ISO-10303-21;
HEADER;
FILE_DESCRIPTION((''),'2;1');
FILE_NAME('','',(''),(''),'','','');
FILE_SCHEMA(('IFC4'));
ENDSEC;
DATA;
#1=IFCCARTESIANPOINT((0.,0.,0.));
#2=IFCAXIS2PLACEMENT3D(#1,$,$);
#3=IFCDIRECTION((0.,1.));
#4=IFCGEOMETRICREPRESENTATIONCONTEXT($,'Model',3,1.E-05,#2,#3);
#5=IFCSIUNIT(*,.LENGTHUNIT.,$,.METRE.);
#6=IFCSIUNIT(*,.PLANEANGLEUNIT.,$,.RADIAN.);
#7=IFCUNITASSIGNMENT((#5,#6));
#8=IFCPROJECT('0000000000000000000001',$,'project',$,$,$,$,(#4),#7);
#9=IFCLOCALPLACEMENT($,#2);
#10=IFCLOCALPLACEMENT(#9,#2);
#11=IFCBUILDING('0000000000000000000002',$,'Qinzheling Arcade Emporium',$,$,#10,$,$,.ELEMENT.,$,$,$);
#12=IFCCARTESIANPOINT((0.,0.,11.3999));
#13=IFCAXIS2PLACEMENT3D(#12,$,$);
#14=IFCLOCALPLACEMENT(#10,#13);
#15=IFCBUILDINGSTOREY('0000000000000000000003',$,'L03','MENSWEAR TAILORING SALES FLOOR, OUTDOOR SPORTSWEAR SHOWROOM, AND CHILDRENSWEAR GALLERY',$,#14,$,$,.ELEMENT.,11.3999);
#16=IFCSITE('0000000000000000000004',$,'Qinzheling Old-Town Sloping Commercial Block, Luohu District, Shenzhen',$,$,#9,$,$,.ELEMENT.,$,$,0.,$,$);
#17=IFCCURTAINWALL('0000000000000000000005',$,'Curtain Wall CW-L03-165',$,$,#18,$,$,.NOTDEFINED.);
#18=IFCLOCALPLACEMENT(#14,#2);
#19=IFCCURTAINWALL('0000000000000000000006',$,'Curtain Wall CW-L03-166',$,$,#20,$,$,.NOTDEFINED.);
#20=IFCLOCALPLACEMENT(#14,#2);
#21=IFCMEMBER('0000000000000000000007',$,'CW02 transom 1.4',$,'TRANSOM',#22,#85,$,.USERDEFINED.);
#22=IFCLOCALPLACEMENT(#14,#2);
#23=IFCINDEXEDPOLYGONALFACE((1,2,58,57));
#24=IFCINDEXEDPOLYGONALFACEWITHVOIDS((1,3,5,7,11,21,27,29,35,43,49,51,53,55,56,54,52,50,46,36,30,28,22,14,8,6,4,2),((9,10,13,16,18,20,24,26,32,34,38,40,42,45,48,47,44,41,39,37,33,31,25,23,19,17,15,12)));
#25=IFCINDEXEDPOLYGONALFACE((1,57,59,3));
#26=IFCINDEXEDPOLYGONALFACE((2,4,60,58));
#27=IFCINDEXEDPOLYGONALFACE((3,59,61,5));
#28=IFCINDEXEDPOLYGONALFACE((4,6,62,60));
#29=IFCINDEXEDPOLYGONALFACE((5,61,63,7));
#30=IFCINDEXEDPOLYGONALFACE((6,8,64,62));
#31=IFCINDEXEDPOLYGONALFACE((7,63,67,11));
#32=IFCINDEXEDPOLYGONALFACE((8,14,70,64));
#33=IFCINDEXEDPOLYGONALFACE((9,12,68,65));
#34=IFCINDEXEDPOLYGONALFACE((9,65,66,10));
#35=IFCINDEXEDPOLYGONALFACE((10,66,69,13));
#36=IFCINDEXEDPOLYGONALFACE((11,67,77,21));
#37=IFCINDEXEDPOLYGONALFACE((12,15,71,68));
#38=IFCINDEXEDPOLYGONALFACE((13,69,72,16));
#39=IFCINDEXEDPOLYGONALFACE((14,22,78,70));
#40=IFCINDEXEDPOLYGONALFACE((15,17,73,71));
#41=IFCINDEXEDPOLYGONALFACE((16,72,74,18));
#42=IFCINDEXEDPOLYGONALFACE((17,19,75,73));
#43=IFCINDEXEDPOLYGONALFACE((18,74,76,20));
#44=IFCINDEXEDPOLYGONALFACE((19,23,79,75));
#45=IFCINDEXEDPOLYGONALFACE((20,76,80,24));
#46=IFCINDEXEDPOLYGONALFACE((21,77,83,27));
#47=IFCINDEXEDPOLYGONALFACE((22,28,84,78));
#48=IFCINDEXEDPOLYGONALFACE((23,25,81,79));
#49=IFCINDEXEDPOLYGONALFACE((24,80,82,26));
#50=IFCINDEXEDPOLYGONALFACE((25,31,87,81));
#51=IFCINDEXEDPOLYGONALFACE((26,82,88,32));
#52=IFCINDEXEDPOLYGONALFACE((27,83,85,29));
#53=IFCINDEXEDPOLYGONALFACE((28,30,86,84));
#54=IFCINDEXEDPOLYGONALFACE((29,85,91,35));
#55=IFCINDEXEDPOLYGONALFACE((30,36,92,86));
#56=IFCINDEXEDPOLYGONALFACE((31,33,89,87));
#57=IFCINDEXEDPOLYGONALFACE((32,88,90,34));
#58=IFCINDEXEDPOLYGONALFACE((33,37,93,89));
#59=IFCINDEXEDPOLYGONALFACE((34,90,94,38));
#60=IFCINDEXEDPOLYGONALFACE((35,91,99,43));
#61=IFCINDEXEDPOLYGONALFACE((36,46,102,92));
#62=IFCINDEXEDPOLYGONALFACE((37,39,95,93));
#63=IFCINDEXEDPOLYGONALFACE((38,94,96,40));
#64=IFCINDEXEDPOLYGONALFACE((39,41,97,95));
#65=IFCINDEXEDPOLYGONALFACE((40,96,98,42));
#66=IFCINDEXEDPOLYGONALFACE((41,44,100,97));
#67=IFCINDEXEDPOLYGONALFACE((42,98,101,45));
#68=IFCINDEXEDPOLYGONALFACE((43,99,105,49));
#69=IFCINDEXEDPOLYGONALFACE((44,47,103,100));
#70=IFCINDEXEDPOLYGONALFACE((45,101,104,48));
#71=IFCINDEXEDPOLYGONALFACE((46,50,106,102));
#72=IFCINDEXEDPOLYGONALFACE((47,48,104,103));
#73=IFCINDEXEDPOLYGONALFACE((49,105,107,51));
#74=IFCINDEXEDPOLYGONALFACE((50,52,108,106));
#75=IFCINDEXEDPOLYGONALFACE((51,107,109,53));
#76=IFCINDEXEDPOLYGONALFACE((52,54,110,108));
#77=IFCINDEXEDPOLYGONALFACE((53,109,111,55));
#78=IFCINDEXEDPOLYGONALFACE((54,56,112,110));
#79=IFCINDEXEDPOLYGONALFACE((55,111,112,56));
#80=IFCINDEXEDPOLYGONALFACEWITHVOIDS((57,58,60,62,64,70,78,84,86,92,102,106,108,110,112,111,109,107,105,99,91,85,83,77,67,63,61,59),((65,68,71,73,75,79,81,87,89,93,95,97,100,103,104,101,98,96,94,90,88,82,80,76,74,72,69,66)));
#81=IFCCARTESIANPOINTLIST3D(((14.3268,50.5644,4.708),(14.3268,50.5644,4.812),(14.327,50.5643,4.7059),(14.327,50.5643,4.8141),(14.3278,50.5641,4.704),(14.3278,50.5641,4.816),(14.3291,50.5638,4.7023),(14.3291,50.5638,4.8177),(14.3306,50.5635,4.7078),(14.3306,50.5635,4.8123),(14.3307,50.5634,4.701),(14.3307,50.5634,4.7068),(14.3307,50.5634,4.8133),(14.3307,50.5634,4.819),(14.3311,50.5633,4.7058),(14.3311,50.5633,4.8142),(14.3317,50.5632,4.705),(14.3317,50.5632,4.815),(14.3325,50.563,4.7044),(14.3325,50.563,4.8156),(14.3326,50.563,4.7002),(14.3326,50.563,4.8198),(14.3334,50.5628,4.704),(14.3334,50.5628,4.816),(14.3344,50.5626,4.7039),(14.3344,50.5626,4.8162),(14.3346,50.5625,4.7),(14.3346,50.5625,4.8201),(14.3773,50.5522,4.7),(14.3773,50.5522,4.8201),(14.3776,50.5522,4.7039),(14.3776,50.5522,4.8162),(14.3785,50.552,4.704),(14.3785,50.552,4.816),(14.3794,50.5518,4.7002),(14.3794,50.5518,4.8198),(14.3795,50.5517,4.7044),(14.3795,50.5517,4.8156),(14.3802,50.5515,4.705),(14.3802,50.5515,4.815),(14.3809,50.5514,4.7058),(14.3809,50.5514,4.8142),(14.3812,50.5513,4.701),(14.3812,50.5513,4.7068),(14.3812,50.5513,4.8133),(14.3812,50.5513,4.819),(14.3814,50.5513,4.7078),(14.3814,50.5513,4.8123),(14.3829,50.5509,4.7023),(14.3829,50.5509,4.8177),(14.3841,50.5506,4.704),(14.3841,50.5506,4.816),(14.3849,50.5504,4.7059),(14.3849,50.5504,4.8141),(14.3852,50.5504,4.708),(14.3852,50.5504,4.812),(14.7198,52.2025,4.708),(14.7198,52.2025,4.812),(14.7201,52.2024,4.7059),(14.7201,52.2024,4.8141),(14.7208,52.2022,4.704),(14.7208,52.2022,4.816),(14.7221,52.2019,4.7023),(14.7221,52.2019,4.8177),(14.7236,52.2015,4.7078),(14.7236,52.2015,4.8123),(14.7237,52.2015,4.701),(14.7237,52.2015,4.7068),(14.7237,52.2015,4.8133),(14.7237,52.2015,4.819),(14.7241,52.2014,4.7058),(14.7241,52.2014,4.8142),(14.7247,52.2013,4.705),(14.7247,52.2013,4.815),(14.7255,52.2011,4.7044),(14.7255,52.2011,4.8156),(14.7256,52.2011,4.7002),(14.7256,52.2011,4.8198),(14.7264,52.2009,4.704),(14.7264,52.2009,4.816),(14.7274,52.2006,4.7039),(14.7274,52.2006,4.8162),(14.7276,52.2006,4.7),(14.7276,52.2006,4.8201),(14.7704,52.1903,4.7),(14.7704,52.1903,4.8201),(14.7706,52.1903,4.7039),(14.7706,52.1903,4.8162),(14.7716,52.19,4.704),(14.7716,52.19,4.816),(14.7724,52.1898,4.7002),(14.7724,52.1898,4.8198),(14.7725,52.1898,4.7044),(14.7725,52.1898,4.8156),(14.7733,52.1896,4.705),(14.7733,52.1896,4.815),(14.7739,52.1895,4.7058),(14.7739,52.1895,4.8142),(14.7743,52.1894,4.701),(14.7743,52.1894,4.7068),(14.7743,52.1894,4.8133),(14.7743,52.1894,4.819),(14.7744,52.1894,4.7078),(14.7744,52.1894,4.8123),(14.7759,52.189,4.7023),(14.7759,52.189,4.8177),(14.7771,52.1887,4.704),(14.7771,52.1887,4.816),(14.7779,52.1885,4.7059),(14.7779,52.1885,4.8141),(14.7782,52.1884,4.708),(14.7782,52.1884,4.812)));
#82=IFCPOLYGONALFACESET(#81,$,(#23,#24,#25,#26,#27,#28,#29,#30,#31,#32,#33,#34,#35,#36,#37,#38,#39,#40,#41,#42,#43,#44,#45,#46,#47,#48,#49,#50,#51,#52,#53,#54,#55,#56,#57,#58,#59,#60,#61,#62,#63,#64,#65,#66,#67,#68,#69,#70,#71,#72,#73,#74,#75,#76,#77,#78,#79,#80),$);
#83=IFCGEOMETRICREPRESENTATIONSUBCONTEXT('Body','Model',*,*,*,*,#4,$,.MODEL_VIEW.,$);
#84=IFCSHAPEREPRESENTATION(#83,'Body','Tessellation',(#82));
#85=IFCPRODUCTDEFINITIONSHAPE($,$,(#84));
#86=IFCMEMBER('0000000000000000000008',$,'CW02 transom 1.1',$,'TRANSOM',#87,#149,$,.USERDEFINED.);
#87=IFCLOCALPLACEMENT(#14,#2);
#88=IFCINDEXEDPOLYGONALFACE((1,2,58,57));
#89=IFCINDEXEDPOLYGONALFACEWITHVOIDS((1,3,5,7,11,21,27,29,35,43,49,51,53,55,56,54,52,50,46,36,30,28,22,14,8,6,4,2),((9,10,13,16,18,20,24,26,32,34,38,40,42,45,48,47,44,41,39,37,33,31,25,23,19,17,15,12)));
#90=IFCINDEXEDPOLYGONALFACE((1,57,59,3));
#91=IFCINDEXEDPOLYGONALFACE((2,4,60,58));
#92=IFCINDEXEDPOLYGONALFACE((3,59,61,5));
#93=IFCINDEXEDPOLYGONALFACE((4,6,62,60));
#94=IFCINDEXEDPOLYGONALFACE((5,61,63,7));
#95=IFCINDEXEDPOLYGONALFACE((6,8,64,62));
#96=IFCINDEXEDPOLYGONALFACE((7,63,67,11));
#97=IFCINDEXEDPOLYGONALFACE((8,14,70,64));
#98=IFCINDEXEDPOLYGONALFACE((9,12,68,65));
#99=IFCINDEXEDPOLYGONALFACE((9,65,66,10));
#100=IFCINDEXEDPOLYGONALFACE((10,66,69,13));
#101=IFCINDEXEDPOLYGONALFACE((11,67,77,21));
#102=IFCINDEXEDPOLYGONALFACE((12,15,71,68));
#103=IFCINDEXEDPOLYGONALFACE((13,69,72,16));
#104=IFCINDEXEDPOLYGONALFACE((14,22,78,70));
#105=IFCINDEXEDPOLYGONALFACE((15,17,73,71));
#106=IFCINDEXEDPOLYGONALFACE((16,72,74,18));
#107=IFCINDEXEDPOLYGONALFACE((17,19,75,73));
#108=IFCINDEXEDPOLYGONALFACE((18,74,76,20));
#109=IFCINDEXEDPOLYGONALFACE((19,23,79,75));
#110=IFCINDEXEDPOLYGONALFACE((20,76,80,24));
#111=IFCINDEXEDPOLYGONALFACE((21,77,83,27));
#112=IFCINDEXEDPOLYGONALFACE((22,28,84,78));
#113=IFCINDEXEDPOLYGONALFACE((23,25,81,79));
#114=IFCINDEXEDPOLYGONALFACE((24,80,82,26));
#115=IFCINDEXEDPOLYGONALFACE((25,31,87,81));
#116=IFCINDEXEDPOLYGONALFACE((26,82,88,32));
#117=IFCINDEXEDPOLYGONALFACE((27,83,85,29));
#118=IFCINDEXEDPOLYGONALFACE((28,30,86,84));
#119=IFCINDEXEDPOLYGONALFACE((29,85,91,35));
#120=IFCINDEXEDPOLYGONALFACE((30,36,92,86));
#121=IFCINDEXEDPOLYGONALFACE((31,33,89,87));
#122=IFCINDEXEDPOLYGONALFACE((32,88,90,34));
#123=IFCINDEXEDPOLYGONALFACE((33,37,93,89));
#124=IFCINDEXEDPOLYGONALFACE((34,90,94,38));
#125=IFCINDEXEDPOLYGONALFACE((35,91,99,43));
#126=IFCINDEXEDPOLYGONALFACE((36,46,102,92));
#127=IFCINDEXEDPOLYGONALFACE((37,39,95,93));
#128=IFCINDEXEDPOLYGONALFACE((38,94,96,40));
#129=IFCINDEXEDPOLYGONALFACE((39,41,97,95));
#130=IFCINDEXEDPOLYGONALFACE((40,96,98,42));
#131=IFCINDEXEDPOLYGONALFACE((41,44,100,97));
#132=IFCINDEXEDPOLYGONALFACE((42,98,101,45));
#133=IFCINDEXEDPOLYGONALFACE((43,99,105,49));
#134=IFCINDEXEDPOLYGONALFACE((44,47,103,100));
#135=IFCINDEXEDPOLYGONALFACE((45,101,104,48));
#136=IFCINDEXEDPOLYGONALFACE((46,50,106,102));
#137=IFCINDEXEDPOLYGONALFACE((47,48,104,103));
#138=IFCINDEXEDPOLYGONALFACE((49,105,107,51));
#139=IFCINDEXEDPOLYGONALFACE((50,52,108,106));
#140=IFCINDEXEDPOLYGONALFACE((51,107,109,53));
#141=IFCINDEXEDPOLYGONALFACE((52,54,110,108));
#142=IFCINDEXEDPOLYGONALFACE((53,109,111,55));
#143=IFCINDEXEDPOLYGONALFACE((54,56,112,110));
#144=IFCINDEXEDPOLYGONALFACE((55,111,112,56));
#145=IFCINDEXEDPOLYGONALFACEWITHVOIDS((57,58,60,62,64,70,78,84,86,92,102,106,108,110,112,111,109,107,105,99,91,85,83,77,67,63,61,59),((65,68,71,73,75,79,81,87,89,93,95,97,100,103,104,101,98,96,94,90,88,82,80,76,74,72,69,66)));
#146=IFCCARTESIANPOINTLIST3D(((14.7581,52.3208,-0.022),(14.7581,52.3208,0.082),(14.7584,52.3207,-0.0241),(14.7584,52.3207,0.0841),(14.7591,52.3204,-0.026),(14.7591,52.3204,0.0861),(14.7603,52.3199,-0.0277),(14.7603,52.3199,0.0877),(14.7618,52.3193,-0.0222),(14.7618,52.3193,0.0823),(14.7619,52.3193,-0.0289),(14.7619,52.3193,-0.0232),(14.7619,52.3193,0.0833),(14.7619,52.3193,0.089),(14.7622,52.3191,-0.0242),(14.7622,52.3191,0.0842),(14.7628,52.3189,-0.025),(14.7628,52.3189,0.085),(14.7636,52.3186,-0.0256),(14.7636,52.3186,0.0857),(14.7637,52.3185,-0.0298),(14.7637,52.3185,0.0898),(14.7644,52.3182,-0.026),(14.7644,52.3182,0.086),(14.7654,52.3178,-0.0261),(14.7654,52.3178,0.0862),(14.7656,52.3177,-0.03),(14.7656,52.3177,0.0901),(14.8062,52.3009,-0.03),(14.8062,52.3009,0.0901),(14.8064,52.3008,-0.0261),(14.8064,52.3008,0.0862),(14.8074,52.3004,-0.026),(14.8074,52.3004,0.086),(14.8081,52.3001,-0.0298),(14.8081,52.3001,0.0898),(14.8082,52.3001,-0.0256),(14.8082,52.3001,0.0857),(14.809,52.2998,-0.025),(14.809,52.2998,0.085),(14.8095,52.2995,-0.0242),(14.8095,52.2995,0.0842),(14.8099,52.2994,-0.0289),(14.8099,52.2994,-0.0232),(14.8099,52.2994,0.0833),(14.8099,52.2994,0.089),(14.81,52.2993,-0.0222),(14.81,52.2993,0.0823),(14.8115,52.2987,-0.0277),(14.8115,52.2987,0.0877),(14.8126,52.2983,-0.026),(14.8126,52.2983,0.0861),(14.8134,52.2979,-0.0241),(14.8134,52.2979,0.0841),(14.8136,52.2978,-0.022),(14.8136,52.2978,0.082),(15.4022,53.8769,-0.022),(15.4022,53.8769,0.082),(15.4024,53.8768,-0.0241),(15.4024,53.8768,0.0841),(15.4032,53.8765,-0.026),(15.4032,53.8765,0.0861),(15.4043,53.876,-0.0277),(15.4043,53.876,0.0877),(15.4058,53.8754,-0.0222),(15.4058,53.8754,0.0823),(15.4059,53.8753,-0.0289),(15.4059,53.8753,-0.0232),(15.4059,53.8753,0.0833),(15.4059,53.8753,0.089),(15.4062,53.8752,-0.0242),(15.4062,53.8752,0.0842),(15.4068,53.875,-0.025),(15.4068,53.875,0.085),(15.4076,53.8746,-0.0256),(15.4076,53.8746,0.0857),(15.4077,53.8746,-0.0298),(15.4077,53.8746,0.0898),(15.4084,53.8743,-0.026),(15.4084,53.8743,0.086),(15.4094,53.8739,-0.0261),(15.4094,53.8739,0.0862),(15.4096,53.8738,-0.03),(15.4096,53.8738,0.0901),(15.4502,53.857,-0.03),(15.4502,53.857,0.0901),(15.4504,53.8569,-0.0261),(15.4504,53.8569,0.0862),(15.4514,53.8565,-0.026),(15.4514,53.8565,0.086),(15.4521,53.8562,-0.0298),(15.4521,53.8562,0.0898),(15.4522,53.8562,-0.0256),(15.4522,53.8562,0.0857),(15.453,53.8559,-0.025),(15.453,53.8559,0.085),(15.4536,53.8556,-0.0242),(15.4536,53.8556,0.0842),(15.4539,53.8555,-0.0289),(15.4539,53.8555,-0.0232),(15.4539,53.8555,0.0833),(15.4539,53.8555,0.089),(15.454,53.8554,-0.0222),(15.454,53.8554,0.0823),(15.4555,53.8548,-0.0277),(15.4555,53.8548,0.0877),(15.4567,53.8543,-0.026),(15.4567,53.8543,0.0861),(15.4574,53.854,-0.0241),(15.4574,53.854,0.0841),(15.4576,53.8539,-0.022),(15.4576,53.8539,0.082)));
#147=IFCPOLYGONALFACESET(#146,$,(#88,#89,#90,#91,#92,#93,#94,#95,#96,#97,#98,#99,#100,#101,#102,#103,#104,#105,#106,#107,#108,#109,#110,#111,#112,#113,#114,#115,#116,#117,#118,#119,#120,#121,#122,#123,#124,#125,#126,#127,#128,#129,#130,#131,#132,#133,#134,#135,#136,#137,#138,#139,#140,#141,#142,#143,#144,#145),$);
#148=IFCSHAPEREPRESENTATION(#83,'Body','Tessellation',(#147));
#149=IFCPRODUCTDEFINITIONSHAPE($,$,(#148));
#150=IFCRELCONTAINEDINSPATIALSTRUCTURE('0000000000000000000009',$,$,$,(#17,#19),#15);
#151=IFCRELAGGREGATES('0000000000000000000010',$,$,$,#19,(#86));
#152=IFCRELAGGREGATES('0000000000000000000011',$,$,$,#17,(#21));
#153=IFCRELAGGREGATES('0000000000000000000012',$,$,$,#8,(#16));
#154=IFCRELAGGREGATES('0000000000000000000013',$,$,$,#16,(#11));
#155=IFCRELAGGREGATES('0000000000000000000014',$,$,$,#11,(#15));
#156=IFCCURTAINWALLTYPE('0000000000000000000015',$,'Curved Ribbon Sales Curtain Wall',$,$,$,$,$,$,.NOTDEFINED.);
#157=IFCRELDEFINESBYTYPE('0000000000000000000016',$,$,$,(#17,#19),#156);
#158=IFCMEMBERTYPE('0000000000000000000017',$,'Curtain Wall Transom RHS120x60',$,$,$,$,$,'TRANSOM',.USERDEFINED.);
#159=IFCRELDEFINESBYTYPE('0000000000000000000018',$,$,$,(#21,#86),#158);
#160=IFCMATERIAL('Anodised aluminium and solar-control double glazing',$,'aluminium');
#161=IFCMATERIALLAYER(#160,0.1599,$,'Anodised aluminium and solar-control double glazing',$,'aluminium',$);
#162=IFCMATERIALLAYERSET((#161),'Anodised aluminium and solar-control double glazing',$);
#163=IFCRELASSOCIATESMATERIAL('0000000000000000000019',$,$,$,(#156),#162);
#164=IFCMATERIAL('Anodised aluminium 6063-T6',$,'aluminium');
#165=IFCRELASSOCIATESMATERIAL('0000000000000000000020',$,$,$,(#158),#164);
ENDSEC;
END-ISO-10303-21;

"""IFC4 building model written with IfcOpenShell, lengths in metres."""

from ifc_helpers import new_model, si_unit, direction, frame, origin, origin_2d, place, context, subcontext, project, spatial, hollow_rectangle, extrude, material, layer, layer_set, material_profile, profile_set, type_object, element, aggregate, save


model = new_model("IFC4")

# Units and contexts
model_context = context("Model", 3, precision=1e-05, world=origin(), true_north=direction((0.0, 1.0)))
body_context = subcontext(model_context, "Body", "Model", "MODEL_VIEW")
ifc_project = project(units=[si_unit("LENGTHUNIT", "METRE"), si_unit("PLANEANGLEUNIT", "RADIAN")], contexts=[model_context])

# Site, building, storey
site_placement = place(None, origin())
site = spatial("IfcSite", under=ifc_project, at=site_placement, Name="Qinzheling Old-Town Sloping Commercial Block, Luohu District, Shenzhen", CompositionType="ELEMENT", RefElevation=0.0)
building_placement = place(site_placement, origin())
building = spatial("IfcBuilding", under=site, at=building_placement, Name="Qinzheling Arcade Emporium", CompositionType="ELEMENT")
storey_placement = place(building_placement, frame((0.0, 0.0, 11.3999)))
storey = spatial("IfcBuildingStorey", under=building, at=storey_placement, Name="L03", Description="MENSWEAR TAILORING SALES FLOOR, OUTDOOR SPORTSWEAR SHOWROOM, AND CHILDRENSWEAR GALLERY", CompositionType="ELEMENT", Elevation=11.3999)

# Curtain wall
ifc_material_1 = material(Name="Anodised aluminium and solar-control double glazing", Category="aluminium")
ifc_layer_1 = layer(ifc_material_1, 0.1599, Name="Anodised aluminium and solar-control double glazing", Category="aluminium")
ifc_layer_set_1 = layer_set([ifc_layer_1], Name="Anodised aluminium and solar-control double glazing")
curtain_wall_type = type_object("IfcCurtainWallType", Name="Curved Ribbon Sales Curtain Wall", PredefinedType="NOTDEFINED", material=ifc_layer_set_1)
curtain_wall_1_placement = place(storey_placement, origin())
curtain_wall_1 = element("IfcCurtainWall", 1, at=curtain_wall_1_placement, inside=storey, type_object=curtain_wall_type, Name="Curtain Wall CW-L03-165", PredefinedType="NOTDEFINED")
ifc_material_2 = material(Name="Anodised aluminium 6063-T6", Category="aluminium")

# Curtain wall
curtain_wall_2_placement = place(storey_placement, origin())
curtain_wall_2 = element("IfcCurtainWall", 2, at=curtain_wall_2_placement, inside=storey, type_object=curtain_wall_type, Name="Curtain Wall CW-L03-166", PredefinedType="NOTDEFINED")

# Members
ifc_material_profile_1 = material_profile(ifc_material_2, hollow_rectangle(XDim=0.0601, YDim=0.1201, WallThickness=0.0039, InnerFilletRadius=0.0039, OuterFilletRadius=0.0081, at=origin_2d()), Name="RHS 120x60x4", Category="aluminium")
ifc_profile_set_1 = profile_set([ifc_material_profile_1], Name="Anodised aluminium 6063-T6")
member_type_1 = type_object("IfcMemberType", Name="Curtain Wall Transom RHS120x60", ElementType="TRANSOM", PredefinedType="USERDEFINED", material=ifc_profile_set_1)
member_1_placement = place(storey_placement, frame((14.356, 50.5574, 4.76), z_axis=(0.233318, 0.9724, 0.0), x_axis=(-0.9724, 0.233318, 0.0)))
member_1 = element("IfcMember", 3, at=member_1_placement, type_object=member_type_1, Name="CW02 transom 1.4", ObjectType="TRANSOM", PredefinedType="USERDEFINED", context=body_context, shape_type="SweptSolid", body=[
    extrude(hollow_rectangle(XDim=0.0601, YDim=0.1201, WallThickness=0.0039, InnerFilletRadius=0.0039, OuterFilletRadius=0.0081, at=origin_2d()), origin(), (0.0, 0.0, 1.0), 1.6846),
])
member_2_placement = place(storey_placement, frame((14.7859, 52.3093, 0.03), z_axis=(0.382412, 0.923992, 0.0), x_axis=(-0.923992, 0.382412, 0.0)))
member_2 = element("IfcMember", 4, at=member_2_placement, type_object=member_type_1, Name="CW02 transom 1.1", ObjectType="TRANSOM", PredefinedType="USERDEFINED", context=body_context, shape_type="SweptSolid", body=[
    extrude(hollow_rectangle(XDim=0.0601, YDim=0.1201, WallThickness=0.0039, InnerFilletRadius=0.0039, OuterFilletRadius=0.0081, at=origin_2d()), origin(), (0.0, 0.0, 1.0), 1.6841),
])
aggregate(curtain_wall_2, [member_2])

aggregate(curtain_wall_1, [member_1])

save(model, "model.ifc")
